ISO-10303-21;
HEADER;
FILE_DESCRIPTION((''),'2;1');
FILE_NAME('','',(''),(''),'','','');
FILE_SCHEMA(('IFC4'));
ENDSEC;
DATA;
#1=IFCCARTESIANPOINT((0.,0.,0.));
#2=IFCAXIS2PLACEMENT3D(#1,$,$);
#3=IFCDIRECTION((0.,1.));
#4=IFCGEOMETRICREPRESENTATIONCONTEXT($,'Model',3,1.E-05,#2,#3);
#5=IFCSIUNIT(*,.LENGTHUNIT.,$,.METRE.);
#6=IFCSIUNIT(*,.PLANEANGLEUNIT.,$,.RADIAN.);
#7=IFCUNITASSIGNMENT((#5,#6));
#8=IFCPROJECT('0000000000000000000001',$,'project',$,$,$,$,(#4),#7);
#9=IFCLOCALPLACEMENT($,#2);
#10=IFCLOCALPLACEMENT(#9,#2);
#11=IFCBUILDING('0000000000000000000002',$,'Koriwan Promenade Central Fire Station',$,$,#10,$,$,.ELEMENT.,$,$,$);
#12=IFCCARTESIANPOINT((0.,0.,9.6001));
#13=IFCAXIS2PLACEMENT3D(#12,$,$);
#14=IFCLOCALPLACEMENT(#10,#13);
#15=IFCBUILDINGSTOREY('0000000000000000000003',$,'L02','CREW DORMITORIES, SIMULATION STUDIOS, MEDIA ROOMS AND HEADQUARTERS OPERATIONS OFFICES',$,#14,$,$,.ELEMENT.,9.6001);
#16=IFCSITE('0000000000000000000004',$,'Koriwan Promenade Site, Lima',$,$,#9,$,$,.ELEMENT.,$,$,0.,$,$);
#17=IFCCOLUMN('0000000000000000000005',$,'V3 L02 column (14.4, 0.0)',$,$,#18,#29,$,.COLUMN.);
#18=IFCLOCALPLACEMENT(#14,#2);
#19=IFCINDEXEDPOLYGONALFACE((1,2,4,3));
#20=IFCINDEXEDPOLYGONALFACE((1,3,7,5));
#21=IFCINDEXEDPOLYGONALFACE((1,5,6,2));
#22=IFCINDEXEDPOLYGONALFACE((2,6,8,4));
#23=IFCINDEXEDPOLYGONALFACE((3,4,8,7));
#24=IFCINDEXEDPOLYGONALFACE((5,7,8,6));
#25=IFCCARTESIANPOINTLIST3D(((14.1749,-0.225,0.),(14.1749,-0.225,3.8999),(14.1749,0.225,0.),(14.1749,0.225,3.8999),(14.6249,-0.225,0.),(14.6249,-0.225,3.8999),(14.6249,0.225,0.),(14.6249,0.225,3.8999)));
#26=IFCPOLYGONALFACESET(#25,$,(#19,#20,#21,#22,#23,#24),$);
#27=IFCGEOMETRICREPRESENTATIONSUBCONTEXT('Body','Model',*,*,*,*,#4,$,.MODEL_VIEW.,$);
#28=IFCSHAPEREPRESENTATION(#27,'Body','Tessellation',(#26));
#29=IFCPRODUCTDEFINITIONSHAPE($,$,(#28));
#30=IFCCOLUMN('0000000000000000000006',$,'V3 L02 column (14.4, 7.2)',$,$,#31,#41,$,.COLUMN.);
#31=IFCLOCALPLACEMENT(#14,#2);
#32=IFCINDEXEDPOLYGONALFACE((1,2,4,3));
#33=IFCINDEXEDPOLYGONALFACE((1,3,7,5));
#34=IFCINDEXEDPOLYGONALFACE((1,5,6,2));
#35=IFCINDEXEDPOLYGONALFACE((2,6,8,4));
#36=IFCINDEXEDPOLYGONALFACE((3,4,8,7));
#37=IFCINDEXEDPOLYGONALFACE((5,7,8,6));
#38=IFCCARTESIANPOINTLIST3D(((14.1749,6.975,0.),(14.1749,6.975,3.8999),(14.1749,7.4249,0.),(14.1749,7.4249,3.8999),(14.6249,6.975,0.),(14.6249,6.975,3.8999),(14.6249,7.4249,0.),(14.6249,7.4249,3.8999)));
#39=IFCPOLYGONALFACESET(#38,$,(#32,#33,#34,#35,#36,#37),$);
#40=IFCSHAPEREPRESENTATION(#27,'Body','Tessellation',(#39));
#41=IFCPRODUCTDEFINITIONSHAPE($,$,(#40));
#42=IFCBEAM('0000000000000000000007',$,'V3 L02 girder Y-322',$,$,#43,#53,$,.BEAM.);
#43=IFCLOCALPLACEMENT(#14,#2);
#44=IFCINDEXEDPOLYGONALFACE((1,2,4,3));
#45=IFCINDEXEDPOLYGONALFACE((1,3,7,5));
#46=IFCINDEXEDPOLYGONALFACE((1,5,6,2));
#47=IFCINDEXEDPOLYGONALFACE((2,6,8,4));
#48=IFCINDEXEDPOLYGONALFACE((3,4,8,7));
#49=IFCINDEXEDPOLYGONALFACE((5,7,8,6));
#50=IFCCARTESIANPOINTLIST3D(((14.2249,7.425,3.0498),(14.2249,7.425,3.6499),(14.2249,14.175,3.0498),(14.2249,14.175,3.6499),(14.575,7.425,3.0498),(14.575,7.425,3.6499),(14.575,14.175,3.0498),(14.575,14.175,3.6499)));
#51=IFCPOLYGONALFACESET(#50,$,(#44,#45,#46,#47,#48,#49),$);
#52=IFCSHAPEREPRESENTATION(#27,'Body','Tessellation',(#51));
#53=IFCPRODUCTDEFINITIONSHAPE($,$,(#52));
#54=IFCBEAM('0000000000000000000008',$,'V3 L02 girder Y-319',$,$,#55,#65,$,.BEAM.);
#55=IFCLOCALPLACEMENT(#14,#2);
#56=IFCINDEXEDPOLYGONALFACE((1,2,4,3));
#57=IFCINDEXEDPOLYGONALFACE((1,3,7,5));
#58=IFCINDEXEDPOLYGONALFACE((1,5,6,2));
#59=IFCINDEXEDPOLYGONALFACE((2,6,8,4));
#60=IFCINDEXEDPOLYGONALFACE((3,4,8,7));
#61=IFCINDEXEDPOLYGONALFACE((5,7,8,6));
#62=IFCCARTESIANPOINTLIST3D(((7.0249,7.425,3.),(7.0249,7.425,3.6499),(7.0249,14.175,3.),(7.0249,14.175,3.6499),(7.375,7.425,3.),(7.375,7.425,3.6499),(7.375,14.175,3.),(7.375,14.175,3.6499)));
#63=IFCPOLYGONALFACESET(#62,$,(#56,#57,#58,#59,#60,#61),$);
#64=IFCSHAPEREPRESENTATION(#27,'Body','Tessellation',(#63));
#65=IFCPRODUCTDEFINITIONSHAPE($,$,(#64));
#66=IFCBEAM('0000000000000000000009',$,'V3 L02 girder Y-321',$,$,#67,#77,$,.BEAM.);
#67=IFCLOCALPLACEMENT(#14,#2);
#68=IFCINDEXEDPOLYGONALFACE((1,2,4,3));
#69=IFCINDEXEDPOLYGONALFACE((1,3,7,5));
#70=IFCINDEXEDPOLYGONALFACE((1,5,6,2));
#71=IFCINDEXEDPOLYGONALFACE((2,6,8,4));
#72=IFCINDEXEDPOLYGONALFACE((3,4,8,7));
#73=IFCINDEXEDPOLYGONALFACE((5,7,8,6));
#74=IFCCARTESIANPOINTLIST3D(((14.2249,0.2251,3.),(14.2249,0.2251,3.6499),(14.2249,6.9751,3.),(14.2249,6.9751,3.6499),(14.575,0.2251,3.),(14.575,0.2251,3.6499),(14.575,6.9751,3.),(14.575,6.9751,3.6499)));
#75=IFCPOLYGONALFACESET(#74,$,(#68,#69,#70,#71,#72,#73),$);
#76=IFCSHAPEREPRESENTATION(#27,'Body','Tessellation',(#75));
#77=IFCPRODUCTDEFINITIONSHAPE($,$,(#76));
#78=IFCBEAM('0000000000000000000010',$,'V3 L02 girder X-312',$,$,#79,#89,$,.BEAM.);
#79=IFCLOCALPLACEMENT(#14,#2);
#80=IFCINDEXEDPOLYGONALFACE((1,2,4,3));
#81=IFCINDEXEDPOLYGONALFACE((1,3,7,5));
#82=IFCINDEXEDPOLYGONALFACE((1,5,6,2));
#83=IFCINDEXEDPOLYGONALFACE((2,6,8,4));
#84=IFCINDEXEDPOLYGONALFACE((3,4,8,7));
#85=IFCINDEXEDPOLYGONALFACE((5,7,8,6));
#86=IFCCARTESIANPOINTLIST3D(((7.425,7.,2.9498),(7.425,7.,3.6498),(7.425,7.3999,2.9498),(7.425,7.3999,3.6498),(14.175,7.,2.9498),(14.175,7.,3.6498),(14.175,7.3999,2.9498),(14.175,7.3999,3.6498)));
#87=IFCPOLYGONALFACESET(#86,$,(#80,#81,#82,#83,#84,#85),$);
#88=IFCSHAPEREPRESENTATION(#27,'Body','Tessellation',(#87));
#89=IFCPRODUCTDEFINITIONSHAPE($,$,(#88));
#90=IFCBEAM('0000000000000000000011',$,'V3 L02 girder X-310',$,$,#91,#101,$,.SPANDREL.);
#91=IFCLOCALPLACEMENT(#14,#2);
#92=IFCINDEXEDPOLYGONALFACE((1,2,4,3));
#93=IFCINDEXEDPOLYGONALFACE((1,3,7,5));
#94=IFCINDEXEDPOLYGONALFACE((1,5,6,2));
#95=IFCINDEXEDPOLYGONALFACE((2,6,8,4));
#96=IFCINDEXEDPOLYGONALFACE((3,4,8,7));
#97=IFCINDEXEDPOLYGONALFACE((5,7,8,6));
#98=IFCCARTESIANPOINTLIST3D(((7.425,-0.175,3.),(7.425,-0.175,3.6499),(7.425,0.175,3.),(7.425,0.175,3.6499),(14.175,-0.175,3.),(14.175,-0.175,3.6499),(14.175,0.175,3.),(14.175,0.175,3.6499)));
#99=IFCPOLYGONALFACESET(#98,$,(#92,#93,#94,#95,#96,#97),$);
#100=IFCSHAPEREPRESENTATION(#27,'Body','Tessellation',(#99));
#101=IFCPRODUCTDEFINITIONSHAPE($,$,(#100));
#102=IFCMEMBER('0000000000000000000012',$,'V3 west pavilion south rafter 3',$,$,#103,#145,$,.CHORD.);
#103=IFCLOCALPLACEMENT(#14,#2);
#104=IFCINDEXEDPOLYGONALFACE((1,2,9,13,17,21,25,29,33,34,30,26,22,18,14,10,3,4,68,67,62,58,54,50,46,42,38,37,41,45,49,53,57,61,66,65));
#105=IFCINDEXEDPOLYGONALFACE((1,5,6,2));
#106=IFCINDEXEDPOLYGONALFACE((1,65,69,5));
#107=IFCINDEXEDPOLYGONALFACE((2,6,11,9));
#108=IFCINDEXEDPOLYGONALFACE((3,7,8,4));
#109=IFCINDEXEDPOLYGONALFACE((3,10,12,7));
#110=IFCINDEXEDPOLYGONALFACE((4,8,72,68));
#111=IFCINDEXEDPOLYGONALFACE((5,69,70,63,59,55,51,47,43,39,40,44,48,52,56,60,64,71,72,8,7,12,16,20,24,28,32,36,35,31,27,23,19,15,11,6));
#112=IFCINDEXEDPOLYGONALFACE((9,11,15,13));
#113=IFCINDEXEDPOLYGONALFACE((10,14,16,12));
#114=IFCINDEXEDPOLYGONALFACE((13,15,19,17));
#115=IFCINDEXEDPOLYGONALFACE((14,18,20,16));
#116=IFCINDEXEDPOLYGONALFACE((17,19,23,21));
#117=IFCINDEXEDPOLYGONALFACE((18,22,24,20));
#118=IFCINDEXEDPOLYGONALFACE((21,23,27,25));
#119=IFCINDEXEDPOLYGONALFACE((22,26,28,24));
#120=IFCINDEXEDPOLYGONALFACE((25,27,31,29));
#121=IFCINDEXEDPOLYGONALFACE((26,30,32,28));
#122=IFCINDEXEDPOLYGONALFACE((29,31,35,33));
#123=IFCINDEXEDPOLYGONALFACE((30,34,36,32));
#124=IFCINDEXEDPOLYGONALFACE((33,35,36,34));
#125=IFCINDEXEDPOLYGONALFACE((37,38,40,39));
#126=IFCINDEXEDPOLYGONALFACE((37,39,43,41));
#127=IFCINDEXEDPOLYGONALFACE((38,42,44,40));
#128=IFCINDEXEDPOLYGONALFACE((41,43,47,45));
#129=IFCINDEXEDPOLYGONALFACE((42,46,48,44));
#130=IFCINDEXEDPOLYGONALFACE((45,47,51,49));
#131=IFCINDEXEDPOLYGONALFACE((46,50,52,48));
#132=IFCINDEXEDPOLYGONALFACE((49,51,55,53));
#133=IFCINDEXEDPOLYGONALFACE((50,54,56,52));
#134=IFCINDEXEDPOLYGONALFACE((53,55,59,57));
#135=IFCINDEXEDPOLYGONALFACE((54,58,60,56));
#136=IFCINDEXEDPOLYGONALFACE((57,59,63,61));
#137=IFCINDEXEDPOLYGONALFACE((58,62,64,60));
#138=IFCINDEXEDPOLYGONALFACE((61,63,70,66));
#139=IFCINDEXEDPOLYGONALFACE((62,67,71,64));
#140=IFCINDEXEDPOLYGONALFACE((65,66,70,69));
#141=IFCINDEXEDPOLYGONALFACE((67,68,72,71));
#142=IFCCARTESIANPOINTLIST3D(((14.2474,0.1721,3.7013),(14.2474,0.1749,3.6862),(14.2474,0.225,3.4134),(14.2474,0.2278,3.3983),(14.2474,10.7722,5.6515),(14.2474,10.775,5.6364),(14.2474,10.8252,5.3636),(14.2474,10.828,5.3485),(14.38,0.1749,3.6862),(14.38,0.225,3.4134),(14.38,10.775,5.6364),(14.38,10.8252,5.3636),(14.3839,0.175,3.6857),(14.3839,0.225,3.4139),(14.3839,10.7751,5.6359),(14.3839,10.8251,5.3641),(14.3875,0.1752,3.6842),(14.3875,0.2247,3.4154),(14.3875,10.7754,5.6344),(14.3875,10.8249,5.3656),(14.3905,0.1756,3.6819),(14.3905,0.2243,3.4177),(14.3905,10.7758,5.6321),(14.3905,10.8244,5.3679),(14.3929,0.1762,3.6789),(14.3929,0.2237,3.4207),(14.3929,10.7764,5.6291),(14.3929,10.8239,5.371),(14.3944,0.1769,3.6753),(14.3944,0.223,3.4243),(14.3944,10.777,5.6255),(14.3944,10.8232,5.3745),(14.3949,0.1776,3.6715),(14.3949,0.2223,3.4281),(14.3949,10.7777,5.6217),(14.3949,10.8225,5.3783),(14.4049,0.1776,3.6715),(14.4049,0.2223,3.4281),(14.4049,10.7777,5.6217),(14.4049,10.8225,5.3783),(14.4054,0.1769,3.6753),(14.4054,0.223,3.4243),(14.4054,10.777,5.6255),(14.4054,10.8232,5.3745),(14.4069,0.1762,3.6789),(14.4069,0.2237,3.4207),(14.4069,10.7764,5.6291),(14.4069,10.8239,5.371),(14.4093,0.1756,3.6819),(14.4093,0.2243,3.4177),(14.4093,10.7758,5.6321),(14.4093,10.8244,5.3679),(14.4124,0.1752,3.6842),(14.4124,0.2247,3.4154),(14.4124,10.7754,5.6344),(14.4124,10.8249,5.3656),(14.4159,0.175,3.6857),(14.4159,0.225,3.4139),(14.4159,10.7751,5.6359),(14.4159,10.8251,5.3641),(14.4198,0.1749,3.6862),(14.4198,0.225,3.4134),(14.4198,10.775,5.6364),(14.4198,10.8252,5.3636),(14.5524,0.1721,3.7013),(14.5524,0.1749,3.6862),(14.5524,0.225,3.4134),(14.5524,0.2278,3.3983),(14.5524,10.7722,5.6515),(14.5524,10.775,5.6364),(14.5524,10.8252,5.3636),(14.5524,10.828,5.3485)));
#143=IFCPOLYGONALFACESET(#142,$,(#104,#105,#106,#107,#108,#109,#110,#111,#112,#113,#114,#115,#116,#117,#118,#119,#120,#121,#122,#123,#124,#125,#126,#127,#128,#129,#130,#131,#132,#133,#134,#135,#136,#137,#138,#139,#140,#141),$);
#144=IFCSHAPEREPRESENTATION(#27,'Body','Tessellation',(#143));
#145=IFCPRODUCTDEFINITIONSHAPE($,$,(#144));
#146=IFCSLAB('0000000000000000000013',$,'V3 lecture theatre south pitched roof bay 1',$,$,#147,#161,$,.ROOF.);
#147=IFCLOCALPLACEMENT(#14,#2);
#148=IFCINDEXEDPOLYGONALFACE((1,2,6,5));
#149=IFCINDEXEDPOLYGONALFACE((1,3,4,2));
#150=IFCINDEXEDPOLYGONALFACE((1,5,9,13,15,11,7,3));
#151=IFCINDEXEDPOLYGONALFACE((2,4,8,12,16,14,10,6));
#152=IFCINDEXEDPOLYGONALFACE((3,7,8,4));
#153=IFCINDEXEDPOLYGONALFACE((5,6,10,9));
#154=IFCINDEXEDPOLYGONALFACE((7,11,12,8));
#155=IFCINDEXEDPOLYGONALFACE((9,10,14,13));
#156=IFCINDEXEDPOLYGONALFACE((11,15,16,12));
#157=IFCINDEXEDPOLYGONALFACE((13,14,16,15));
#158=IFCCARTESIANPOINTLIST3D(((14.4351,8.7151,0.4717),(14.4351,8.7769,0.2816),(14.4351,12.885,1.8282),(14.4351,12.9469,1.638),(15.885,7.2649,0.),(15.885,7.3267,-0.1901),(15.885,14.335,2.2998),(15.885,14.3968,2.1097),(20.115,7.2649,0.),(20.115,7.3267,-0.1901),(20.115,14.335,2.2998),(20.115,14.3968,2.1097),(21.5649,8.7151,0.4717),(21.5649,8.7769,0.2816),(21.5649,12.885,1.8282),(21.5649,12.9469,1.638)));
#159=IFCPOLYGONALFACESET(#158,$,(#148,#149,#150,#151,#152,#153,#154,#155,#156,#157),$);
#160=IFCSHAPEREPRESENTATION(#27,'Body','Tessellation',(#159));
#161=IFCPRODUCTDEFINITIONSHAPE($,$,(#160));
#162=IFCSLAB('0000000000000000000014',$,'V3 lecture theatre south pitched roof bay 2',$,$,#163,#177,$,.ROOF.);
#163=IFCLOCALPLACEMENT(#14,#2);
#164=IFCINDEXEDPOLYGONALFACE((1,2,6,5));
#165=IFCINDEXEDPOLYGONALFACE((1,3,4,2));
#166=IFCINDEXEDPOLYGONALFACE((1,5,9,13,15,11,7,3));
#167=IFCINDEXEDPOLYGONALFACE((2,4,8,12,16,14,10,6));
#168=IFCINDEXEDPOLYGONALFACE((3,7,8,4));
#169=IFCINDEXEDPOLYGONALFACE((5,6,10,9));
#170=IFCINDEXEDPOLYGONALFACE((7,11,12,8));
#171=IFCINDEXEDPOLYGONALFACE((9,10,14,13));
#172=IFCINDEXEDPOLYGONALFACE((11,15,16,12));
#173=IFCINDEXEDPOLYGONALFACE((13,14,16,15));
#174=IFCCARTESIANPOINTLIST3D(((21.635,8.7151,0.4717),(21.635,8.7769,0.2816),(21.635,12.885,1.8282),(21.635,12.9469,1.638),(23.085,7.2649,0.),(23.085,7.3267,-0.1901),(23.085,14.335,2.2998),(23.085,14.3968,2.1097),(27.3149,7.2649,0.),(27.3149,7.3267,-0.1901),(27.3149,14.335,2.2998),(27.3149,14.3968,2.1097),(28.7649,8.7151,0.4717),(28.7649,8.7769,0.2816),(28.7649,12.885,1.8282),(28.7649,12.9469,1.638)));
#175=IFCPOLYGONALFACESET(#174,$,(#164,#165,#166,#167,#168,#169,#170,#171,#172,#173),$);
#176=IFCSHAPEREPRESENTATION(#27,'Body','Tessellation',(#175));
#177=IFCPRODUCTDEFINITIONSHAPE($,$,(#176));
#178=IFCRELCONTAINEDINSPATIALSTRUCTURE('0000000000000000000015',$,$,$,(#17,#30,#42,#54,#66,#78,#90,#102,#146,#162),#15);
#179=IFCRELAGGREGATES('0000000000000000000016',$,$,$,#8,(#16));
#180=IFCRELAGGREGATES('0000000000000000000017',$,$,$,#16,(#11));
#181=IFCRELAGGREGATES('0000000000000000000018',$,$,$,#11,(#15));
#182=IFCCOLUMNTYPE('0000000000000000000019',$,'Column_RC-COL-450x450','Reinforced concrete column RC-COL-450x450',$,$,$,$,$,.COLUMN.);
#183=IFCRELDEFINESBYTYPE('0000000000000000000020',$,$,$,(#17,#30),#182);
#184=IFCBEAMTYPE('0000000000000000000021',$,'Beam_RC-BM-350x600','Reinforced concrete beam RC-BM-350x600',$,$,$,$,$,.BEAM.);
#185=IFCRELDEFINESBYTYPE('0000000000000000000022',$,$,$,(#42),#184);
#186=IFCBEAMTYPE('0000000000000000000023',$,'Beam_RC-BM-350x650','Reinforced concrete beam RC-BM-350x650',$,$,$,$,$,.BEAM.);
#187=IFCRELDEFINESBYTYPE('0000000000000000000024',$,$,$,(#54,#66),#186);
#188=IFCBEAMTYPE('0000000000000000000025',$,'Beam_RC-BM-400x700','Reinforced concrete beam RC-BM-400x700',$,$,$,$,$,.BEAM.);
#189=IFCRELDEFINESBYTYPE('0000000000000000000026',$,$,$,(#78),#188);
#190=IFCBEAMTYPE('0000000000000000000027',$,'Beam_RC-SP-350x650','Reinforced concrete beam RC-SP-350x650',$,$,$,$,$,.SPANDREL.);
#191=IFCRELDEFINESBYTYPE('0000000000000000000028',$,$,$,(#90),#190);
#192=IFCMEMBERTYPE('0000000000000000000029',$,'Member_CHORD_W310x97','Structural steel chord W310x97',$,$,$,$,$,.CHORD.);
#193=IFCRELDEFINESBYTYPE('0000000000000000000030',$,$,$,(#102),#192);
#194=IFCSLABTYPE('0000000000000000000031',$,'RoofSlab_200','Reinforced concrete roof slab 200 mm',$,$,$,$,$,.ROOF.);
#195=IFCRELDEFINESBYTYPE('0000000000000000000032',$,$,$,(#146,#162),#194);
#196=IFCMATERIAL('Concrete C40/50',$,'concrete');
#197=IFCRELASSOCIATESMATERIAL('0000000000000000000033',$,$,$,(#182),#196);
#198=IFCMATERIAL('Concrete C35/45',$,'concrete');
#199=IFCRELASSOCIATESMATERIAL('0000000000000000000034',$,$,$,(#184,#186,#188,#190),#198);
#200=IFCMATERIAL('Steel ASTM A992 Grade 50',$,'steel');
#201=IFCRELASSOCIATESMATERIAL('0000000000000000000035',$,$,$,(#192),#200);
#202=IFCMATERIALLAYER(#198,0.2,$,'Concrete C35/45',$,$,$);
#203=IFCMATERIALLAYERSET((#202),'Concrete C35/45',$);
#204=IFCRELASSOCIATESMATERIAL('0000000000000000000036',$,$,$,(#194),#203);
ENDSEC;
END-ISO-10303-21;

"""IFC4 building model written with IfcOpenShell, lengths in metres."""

from ifc_helpers import new_model, si_unit, direction, frame, origin, origin_2d, place, context, subcontext, project, spatial, polyline, rectangle, i_section, outline, extrude, material, layer, layer_set, material_profile, profile_set, type_object, element, save


model = new_model("IFC4")

# Units and contexts
model_context = context("Model", 3, precision=1e-05, world=origin(), true_north=direction((0.0, 1.0)))
body_context = subcontext(model_context, "Body", "Model", "MODEL_VIEW")
ifc_project = project(units=[si_unit("LENGTHUNIT", "METRE"), si_unit("PLANEANGLEUNIT", "RADIAN")], contexts=[model_context])

# Site, building, storey
site_placement = place(None, origin())
site = spatial("IfcSite", under=ifc_project, at=site_placement, Name="Koriwan Promenade Site, Lima", CompositionType="ELEMENT", RefElevation=0.0)
building_placement = place(site_placement, origin())
building = spatial("IfcBuilding", under=site, at=building_placement, Name="Koriwan Promenade Central Fire Station", CompositionType="ELEMENT")
storey_placement = place(building_placement, frame((0.0, 0.0, 9.6001)))
storey = spatial("IfcBuildingStorey", under=building, at=storey_placement, Name="L02", Description="CREW DORMITORIES, SIMULATION STUDIOS, MEDIA ROOMS AND HEADQUARTERS OPERATIONS OFFICES", CompositionType="ELEMENT", Elevation=9.6001)

# Columns
ifc_material_1 = material(Name="Concrete C40/50", Category="concrete")
ifc_material_profile_1 = material_profile(ifc_material_1, rectangle(XDim=0.45, YDim=0.45, at=origin_2d()), Name="RC-COL-450x450")
ifc_profile_set_1 = profile_set([ifc_material_profile_1], Name="Concrete C40/50")
column_type = type_object("IfcColumnType", Name="Column_RC-COL-450x450", Description="Reinforced concrete column RC-COL-450x450", PredefinedType="COLUMN", material=ifc_profile_set_1)
for number, where, z_axis, x_axis, name in (
    (1, (14.3999, 0.0, 0.0), (0.0, 0.0, 1.0), (1.0, 0.0, 0.0), "V3 L02 column (14.4, 0.0)"),
    (2, (14.3999, 7.2, 0.0), (0.0, 0.0, 1.0), (1.0, 0.0, 0.0), "V3 L02 column (14.4, 7.2)"),
):
    element("IfcColumn", number, at=place(storey_placement, frame(where, z_axis=z_axis, x_axis=x_axis)), inside=storey, type_object=column_type, Name=name, PredefinedType="COLUMN", context=body_context, shape_type="SweptSolid", body=[
        extrude(rectangle(XDim=0.45, YDim=0.45, at=origin_2d()), origin(), (0.0, 0.0, 1.0), 3.8999),
    ])

# Beams
ifc_material_2 = material(Name="Concrete C35/45", Category="concrete")
ifc_material_profile_2 = material_profile(ifc_material_2, rectangle(XDim=0.3501, YDim=0.6001, at=origin_2d()), Name="RC-BM-350x600")
ifc_profile_set_2 = profile_set([ifc_material_profile_2], Name="Concrete C35/45")
beam_type_1 = type_object("IfcBeamType", Name="Beam_RC-BM-350x600", Description="Reinforced concrete beam RC-BM-350x600", PredefinedType="BEAM", material=ifc_profile_set_2)
beam_1_placement = place(storey_placement, frame((14.3999, 7.425, 3.3499), z_axis=(0.0, 1.0, 0.0), x_axis=(-1.0, 0.0, 0.0)))
element("IfcBeam", 3, at=beam_1_placement, inside=storey, type_object=beam_type_1, Name="V3 L02 girder Y-322", PredefinedType="BEAM", context=body_context, shape_type="SweptSolid", body=[
    extrude(rectangle(XDim=0.3501, YDim=0.6001, at=origin_2d()), origin(), (0.0, 0.0, 1.0), 6.75),
])
ifc_material_profile_3 = material_profile(ifc_material_2, rectangle(XDim=0.3501, YDim=0.6499, at=origin_2d()), Name="RC-BM-350x650")
ifc_profile_set_3 = profile_set([ifc_material_profile_3], Name="Concrete C35/45")
beam_type_2 = type_object("IfcBeamType", Name="Beam_RC-BM-350x650", Description="Reinforced concrete beam RC-BM-350x650", PredefinedType="BEAM", material=ifc_profile_set_3)
for number, where, z_axis, x_axis, name in (
    (4, (7.2, 7.425, 3.325), (0.0, 1.0, 0.0), (-1.0, 0.0, 0.0), "V3 L02 girder Y-319"),
    (5, (14.3999, 0.2251, 3.325), (0.0, 1.0, 0.0), (-1.0, 0.0, 0.0), "V3 L02 girder Y-321"),
):
    element("IfcBeam", number, at=place(storey_placement, frame(where, z_axis=z_axis, x_axis=x_axis)), inside=storey, type_object=beam_type_2, Name=name, PredefinedType="BEAM", context=body_context, shape_type="SweptSolid", body=[
        extrude(rectangle(XDim=0.3501, YDim=0.6499, at=origin_2d()), origin(), (0.0, 0.0, 1.0), 6.75),
    ])
ifc_material_profile_4 = material_profile(ifc_material_2, rectangle(XDim=0.3999, YDim=0.7, at=origin_2d()), Name="RC-BM-400x700")
ifc_profile_set_4 = profile_set([ifc_material_profile_4], Name="Concrete C35/45")
beam_type_3 = type_object("IfcBeamType", Name="Beam_RC-BM-400x700", Description="Reinforced concrete beam RC-BM-400x700", PredefinedType="BEAM", material=ifc_profile_set_4)
beam_2_placement = place(storey_placement, frame((7.425, 7.2, 3.2998), z_axis=(1.0, 0.0, 0.0), x_axis=(0.0, 1.0, 0.0)))
element("IfcBeam", 6, at=beam_2_placement, inside=storey, type_object=beam_type_3, Name="V3 L02 girder X-312", PredefinedType="BEAM", context=body_context, shape_type="SweptSolid", body=[
    extrude(rectangle(XDim=0.3999, YDim=0.7, at=origin_2d()), origin(), (0.0, 0.0, 1.0), 6.75),
])
ifc_material_profile_5 = material_profile(ifc_material_2, rectangle(XDim=0.3501, YDim=0.6499, at=origin_2d()), Name="RC-SP-350x650")
ifc_profile_set_5 = profile_set([ifc_material_profile_5], Name="Concrete C35/45")
beam_type_4 = type_object("IfcBeamType", Name="Beam_RC-SP-350x650", Description="Reinforced concrete beam RC-SP-350x650", PredefinedType="SPANDREL", material=ifc_profile_set_5)
beam_3_placement = place(storey_placement, frame((7.425, 0.0, 3.325), z_axis=(1.0, 0.0, 0.0), x_axis=(0.0, 1.0, 0.0)))
element("IfcBeam", 7, at=beam_3_placement, inside=storey, type_object=beam_type_4, Name="V3 L02 girder X-310", PredefinedType="SPANDREL", context=body_context, shape_type="SweptSolid", body=[
    extrude(rectangle(XDim=0.3501, YDim=0.6499, at=origin_2d()), origin(), (0.0, 0.0, 1.0), 6.75),
])

# Member
ifc_material_3 = material(Name="Steel ASTM A992 Grade 50", Category="steel")
ifc_material_profile_6 = material_profile(ifc_material_3, i_section(OverallWidth=0.3049, OverallDepth=0.3081, WebThickness=0.01, FlangeThickness=0.0154, FilletRadius=0.0149, at=origin_2d()), Name="W310x97")
ifc_profile_set_6 = profile_set([ifc_material_profile_6], Name="Steel ASTM A992 Grade 50")
member_type = type_object("IfcMemberType", Name="Member_CHORD_W310x97", Description="Structural steel chord W310x97", PredefinedType="CHORD", material=ifc_profile_set_6)
member_placement = place(storey_placement, frame((14.3999, 0.2, 3.5498), z_axis=(0.0, 0.983494, 0.180942), x_axis=(-1.0, 0.0, 0.0)))
element("IfcMember", 8, at=member_placement, inside=storey, type_object=member_type, Name="V3 west pavilion south rafter 3", PredefinedType="CHORD", context=body_context, shape_type="SweptSolid", body=[
    extrude(i_section(OverallWidth=0.3049, OverallDepth=0.3081, WebThickness=0.01, FlangeThickness=0.0154, FilletRadius=0.0149, at=origin_2d()), origin(), (0.0, 0.0, 1.0), 10.7781),
])

# Slabs
ifc_layer_1 = layer(ifc_material_2, 0.2, Name="Concrete C35/45")
ifc_layer_set_1 = layer_set([ifc_layer_1], Name="Concrete C35/45")
slab_type = type_object("IfcSlabType", Name="RoofSlab_200", Description="Reinforced concrete roof slab 200 mm", PredefinedType="ROOF", material=ifc_layer_set_1)
for number, where, z_axis, x_axis, name in (
    (9, (15.885, 7.2649, 0.0), (0.0, -0.309334, 0.950953), (1.0, 0.0, 0.0), "V3 lecture theatre south pitched roof bay 1"),
    (10, (23.085, 7.2649, 0.0), (0.0, -0.309334, 0.950953), (1.0, 0.0, 0.0), "V3 lecture theatre south pitched roof bay 2"),
):
    element("IfcSlab", number, at=place(storey_placement, frame(where, z_axis=z_axis, x_axis=x_axis)), inside=storey, type_object=slab_type, Name=name, PredefinedType="ROOF", context=body_context, shape_type="SweptSolid", body=[
        extrude(outline(polyline([(0.0, 0.0), (4.23, 0.0), (5.6799, 1.525), (5.6799, 5.91), (4.23, 7.4347), (0.0, 7.4347), (-1.45, 5.91), (-1.45, 1.525), (0.0, 0.0)])), origin(), (0.0, 0.0, -1.0), 0.2),
    ])

save(model, "model.ifc")
